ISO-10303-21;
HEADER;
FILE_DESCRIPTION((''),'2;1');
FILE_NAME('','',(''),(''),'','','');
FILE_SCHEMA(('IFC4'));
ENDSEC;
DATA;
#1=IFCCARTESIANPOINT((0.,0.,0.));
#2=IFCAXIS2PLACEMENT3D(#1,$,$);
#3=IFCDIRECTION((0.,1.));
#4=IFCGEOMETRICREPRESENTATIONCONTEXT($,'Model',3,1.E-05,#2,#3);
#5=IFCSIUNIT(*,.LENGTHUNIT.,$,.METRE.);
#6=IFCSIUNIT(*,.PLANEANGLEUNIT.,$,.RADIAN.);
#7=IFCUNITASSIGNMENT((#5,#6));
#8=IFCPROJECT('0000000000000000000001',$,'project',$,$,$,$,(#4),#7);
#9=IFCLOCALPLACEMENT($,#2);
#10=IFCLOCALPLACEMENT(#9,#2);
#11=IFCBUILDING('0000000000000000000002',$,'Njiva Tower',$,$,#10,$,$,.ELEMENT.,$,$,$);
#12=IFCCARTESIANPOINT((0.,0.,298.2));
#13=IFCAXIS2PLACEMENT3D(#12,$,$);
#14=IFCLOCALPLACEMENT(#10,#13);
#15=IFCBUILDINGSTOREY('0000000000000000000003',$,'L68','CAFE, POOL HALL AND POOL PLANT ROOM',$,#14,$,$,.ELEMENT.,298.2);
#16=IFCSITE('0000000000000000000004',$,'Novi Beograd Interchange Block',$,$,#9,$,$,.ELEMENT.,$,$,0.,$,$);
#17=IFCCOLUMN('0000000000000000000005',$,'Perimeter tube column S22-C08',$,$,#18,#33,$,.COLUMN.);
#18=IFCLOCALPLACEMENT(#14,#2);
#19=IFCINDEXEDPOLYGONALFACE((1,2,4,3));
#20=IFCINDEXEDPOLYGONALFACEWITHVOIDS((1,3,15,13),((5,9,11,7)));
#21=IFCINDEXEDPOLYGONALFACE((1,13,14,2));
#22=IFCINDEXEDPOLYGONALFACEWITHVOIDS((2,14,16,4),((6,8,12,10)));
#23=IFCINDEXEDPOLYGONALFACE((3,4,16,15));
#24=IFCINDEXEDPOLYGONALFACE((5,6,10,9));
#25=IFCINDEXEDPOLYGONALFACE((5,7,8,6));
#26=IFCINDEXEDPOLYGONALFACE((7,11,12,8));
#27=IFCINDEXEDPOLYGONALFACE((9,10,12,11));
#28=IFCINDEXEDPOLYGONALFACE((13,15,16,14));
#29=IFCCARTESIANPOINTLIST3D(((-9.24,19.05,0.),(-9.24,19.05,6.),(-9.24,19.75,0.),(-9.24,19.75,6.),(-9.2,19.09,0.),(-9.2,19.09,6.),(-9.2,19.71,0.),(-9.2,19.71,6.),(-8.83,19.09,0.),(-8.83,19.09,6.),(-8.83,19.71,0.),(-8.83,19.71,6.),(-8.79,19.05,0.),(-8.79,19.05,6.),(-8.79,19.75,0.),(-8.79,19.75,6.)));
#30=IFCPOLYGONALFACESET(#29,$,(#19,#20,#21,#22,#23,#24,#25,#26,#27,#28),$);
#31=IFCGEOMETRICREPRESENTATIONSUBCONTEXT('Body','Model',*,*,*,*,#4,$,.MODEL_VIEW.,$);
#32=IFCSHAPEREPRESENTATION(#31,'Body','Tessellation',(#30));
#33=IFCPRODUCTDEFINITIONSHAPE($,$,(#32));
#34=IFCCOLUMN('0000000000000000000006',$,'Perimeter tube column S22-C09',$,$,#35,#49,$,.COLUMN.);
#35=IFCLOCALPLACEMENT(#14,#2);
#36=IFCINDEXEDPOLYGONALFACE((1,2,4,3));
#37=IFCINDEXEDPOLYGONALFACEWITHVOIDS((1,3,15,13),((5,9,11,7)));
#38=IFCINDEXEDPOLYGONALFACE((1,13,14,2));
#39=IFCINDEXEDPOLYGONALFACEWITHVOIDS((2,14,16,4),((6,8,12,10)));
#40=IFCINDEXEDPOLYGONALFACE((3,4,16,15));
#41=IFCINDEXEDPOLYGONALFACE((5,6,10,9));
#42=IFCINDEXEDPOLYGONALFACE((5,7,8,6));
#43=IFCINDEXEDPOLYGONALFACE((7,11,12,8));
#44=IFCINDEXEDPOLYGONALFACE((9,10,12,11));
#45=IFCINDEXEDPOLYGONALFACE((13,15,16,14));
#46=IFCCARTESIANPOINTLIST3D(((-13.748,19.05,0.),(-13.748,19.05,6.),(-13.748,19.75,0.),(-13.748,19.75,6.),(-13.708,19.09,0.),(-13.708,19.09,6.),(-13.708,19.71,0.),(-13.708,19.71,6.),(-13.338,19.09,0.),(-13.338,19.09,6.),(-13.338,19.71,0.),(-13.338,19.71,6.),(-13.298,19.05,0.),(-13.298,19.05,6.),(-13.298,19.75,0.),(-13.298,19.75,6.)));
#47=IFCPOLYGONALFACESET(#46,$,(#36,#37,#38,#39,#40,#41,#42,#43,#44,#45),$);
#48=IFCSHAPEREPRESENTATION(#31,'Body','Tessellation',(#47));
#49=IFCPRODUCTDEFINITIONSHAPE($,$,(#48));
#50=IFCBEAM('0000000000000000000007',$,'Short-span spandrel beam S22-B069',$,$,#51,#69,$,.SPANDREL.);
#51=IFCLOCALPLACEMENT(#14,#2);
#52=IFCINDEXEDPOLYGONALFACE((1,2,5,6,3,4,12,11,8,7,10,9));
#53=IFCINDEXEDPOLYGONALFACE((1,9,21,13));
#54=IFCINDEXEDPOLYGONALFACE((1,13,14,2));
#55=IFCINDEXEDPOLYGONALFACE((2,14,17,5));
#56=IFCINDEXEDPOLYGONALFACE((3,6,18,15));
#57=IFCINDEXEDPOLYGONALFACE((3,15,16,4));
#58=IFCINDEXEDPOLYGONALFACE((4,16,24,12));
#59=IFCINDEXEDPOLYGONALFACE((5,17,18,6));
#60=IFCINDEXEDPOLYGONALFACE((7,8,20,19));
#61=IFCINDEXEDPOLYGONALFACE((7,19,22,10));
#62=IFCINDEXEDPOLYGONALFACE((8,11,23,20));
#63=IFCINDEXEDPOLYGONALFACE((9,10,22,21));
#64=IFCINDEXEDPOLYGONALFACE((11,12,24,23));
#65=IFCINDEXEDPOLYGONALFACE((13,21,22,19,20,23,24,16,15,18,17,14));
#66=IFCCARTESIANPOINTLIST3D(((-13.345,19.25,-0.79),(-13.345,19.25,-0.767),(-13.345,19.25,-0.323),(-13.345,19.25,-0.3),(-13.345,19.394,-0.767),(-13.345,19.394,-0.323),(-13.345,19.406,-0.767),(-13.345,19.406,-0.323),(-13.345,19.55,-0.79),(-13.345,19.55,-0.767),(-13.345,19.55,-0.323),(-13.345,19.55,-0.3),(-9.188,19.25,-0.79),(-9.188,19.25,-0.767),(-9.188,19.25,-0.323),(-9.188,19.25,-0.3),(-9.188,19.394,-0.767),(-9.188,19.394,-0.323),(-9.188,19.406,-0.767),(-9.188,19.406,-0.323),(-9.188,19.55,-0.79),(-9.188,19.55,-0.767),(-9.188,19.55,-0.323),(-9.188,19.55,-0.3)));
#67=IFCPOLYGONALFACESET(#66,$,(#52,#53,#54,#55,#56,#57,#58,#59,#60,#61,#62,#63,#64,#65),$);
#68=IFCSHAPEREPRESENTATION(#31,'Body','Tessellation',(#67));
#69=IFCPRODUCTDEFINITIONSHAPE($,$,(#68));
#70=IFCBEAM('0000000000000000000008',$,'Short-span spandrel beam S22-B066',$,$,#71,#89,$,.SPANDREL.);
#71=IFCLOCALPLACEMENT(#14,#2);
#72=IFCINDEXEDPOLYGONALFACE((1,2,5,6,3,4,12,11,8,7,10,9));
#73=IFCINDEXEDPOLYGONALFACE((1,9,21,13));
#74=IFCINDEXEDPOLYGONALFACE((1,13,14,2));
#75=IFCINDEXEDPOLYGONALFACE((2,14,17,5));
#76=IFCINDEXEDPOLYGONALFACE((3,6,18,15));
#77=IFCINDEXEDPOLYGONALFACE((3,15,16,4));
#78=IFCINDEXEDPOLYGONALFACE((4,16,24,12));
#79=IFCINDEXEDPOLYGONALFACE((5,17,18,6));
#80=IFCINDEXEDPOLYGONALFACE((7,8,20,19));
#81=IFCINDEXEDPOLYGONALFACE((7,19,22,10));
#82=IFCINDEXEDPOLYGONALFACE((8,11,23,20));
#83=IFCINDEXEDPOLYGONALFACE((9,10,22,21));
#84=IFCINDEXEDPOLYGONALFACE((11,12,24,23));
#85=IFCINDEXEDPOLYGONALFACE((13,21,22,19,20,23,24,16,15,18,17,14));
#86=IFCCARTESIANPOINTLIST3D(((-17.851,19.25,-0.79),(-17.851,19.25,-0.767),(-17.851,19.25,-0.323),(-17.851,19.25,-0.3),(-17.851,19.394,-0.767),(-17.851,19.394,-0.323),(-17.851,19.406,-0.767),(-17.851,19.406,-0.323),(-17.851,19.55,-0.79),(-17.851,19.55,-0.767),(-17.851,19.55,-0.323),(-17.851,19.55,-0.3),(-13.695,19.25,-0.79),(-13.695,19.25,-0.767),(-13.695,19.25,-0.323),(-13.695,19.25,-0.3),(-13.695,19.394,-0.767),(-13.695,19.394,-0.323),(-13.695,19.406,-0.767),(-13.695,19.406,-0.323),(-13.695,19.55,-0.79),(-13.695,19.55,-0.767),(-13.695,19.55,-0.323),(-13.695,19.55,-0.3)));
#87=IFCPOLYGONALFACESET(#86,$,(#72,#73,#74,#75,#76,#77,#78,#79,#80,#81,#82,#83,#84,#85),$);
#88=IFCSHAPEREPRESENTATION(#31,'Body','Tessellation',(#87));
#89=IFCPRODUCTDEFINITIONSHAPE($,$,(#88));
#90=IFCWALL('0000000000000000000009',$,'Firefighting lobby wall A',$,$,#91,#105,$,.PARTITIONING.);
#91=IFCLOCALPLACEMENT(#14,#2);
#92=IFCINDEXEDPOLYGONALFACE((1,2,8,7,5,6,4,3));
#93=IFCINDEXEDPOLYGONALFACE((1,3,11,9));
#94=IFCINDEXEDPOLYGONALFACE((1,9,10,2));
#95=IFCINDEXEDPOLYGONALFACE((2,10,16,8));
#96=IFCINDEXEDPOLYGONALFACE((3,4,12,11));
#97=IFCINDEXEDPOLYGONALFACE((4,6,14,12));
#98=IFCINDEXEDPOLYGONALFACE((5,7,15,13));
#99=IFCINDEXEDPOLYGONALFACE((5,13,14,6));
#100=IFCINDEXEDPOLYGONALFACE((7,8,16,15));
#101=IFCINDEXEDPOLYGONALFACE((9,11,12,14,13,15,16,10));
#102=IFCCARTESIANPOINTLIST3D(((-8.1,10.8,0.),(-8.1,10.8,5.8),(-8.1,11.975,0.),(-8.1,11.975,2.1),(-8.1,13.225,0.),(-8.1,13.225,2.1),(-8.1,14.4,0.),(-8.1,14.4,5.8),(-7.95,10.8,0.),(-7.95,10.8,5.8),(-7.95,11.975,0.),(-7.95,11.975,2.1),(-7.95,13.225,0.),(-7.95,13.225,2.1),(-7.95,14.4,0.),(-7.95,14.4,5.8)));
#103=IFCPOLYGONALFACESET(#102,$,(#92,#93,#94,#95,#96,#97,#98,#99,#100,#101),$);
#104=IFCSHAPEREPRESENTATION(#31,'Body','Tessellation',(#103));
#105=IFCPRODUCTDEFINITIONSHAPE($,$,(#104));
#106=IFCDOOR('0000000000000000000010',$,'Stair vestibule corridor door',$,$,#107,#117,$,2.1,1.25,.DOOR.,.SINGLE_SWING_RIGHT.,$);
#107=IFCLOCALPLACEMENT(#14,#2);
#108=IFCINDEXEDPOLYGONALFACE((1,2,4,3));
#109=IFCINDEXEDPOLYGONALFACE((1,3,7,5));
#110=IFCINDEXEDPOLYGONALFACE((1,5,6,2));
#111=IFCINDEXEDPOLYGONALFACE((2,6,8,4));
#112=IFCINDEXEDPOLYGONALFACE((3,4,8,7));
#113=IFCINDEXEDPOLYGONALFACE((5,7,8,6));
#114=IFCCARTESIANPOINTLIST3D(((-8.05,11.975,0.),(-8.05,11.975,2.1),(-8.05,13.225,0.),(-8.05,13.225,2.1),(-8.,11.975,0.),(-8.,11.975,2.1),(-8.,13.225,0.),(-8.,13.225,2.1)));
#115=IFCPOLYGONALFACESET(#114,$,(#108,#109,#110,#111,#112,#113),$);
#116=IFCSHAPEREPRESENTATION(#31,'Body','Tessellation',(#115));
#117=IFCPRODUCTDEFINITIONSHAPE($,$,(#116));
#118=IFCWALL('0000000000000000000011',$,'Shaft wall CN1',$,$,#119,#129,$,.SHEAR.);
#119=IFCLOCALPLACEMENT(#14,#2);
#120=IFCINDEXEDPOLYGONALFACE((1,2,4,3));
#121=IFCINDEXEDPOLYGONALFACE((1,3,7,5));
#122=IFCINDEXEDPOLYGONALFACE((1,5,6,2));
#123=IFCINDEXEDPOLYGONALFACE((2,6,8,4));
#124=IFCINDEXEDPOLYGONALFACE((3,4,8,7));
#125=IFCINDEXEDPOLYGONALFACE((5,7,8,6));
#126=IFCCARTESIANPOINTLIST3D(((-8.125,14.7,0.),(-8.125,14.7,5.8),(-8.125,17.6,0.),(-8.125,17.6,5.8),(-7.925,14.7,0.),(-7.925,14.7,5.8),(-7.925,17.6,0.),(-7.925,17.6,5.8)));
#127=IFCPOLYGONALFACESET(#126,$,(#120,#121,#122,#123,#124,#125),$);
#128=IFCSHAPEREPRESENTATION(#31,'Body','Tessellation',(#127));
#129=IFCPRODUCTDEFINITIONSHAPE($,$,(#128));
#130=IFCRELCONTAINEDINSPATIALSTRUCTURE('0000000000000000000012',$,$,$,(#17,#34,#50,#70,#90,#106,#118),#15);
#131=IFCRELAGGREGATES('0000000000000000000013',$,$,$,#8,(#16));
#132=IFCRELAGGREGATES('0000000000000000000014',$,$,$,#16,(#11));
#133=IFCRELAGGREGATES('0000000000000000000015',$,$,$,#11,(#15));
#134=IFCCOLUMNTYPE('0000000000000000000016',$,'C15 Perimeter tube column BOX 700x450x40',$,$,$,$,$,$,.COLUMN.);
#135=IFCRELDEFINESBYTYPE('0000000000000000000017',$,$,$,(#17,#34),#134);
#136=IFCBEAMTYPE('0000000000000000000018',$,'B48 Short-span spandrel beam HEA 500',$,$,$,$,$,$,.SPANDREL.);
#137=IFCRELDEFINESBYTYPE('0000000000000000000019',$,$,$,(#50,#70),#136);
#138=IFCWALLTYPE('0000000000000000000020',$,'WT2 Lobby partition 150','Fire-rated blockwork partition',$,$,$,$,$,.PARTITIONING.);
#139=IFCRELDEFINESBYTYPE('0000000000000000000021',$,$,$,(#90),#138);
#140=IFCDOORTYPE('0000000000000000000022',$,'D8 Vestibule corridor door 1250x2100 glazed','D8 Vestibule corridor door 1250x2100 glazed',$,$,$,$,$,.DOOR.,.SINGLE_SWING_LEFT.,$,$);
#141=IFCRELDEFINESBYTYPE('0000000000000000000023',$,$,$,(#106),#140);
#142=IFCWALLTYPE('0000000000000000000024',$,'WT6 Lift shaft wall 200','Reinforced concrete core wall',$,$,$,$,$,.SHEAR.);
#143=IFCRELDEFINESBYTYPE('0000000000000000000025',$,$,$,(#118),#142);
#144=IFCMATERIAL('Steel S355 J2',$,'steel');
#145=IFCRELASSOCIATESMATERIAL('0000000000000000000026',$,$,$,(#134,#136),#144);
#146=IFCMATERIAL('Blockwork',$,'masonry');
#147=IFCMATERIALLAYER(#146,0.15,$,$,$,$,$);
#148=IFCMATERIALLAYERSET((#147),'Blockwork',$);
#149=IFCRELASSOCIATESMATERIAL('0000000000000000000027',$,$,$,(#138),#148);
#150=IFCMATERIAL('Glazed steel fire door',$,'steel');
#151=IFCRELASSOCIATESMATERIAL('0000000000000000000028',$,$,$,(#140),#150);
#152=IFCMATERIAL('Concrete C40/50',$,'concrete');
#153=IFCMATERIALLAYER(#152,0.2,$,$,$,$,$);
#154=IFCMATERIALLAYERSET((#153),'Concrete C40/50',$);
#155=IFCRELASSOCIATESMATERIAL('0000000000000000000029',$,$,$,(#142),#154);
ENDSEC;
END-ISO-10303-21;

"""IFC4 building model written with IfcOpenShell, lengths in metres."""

from ifc_helpers import new_model, si_unit, direction, frame, frame_2d, origin, origin_2d, place, context, subcontext, project, spatial, rectangle, hollow_rectangle, i_section, extrude, material, layer, layer_set, material_profile, profile_set, type_object, element, fill, save


model = new_model("IFC4")

# Units and contexts
model_context = context("Model", 3, precision=1e-05, world=origin(), true_north=direction((0.0, 1.0)))
body_context = subcontext(model_context, "Body", "Model", "MODEL_VIEW")
ifc_project = project(units=[si_unit("LENGTHUNIT", "METRE"), si_unit("PLANEANGLEUNIT", "RADIAN")], contexts=[model_context])

# Site, building, storey
site_placement = place(None, origin())
site = spatial("IfcSite", under=ifc_project, at=site_placement, Name="Novi Beograd Interchange Block", CompositionType="ELEMENT", RefElevation=0.0)
building_placement = place(site_placement, origin())
building = spatial("IfcBuilding", under=site, at=building_placement, Name="Njiva Tower", CompositionType="ELEMENT")
storey_placement = place(building_placement, frame((0.0, 0.0, 298.2)))
storey = spatial("IfcBuildingStorey", under=building, at=storey_placement, Name="L68", Description="CAFE, POOL HALL AND POOL PLANT ROOM", CompositionType="ELEMENT", Elevation=298.2)

# Columns
ifc_material_1 = material(Name="Steel S355 J2", Category="steel")
ifc_material_profile_1 = material_profile(ifc_material_1, hollow_rectangle(XDim=0.45, YDim=0.7, WallThickness=0.04, at=origin_2d()), Name="BOX 700x450x40")
ifc_profile_set_1 = profile_set([ifc_material_profile_1], Name="Steel S355 J2")
column_type = type_object("IfcColumnType", Name="C15 Perimeter tube column BOX 700x450x40", PredefinedType="COLUMN", material=ifc_profile_set_1)
for number, where, z_axis, x_axis, name in (
    (1, (-9.015, 19.4, 0.0), (0.0, 0.0, 1.0), (-1.0, 0.0, 0.0), "Perimeter tube column S22-C08"),
    (2, (-13.523, 19.4, 0.0), (0.0, 0.0, 1.0), (-1.0, 0.0, 0.0), "Perimeter tube column S22-C09"),
):
    element("IfcColumn", number, at=place(storey_placement, frame(where, z_axis=z_axis, x_axis=x_axis)), inside=storey, type_object=column_type, Name=name, PredefinedType="COLUMN", context=body_context, shape_type="SweptSolid", body=[
        extrude(hollow_rectangle(XDim=0.45, YDim=0.7, WallThickness=0.04, at=origin_2d()), origin(), (0.0, 0.0, 1.0), 6.0),
    ])

# Beams
ifc_material_profile_2 = material_profile(ifc_material_1, i_section(OverallWidth=0.3, OverallDepth=0.49, WebThickness=0.012, FlangeThickness=0.023, at=origin_2d()), Name="HEA 500")
ifc_profile_set_2 = profile_set([ifc_material_profile_2], Name="Steel S355 J2")
beam_type = type_object("IfcBeamType", Name="B48 Short-span spandrel beam HEA 500", PredefinedType="SPANDREL", material=ifc_profile_set_2)
beam_1_placement = place(storey_placement, frame((-9.188, 19.4, -0.545), z_axis=(-1.0, 0.0, 0.0), x_axis=(0.0, -1.0, 0.0)))
element("IfcBeam", 3, at=beam_1_placement, inside=storey, type_object=beam_type, Name="Short-span spandrel beam S22-B069", PredefinedType="SPANDREL", context=body_context, shape_type="SweptSolid", body=[
    extrude(i_section(OverallWidth=0.3, OverallDepth=0.49, WebThickness=0.012, FlangeThickness=0.023, at=origin_2d()), origin(), (0.0, 0.0, 1.0), 4.157),
])
beam_2_placement = place(storey_placement, frame((-13.695, 19.4, -0.545), z_axis=(-1.0, 0.0, 0.0), x_axis=(0.0, -1.0, 0.0)))
element("IfcBeam", 4, at=beam_2_placement, inside=storey, type_object=beam_type, Name="Short-span spandrel beam S22-B066", PredefinedType="SPANDREL", context=body_context, shape_type="SweptSolid", body=[
    extrude(i_section(OverallWidth=0.3, OverallDepth=0.49, WebThickness=0.012, FlangeThickness=0.023, at=origin_2d()), origin(), (0.0, 0.0, 1.0), 4.156),
])

# Wall, opening, door
ifc_material_2 = material(Name="Blockwork", Category="masonry")
ifc_layer_1 = layer(ifc_material_2, 0.15)
ifc_layer_set_1 = layer_set([ifc_layer_1], Name="Blockwork")
wall_type_1 = type_object("IfcWallType", Name="WT2 Lobby partition 150", Description="Fire-rated blockwork partition", PredefinedType="PARTITIONING", material=ifc_layer_set_1)
wall_1_placement = place(storey_placement, frame((-8.025, 10.8, 0.0), z_axis=(0.0, 0.0, 1.0), x_axis=(0.0, 1.0, 0.0)))
wall_1 = element("IfcWall", 5, at=wall_1_placement, inside=storey, type_object=wall_type_1, Name="Firefighting lobby wall A", PredefinedType="PARTITIONING", context=body_context, shape_type="SweptSolid", body=[
    extrude(rectangle(XDim=3.6, YDim=0.15, at=frame_2d((1.8, 0.0))), origin(), (0.0, 0.0, 1.0), 5.8),
])
opening_1_placement = place(wall_1_placement, frame((1.175, 0.0, 0.0)))
opening_1 = element("IfcOpeningElement", 6, at=opening_1_placement, cuts=wall_1, PredefinedType="OPENING", context=body_context, shape_type="SweptSolid", body=[
    extrude(rectangle(XDim=1.25, YDim=2.1, at=frame_2d((0.625, 1.05))), frame((0.0, 0.085, 0.0), z_axis=(0.0, -1.0, 0.0), x_axis=(1.0, 0.0, 0.0)), (0.0, 0.0, 1.0), 0.17),
])
ifc_material_3 = material(Name="Glazed steel fire door", Category="steel")
door_type_1 = type_object("IfcDoorType", Name="D8 Vestibule corridor door 1250x2100 glazed", Description="D8 Vestibule corridor door 1250x2100 glazed", OperationType="SINGLE_SWING_LEFT", PredefinedType="DOOR", material=ifc_material_3)
door_1_placement = place(opening_1_placement, origin())
door_1 = element("IfcDoor", 7, at=door_1_placement, inside=storey, type_object=door_type_1, Name="Stair vestibule corridor door", OperationType="SINGLE_SWING_RIGHT", OverallHeight=2.1, OverallWidth=1.25, PredefinedType="DOOR", context=body_context, shape_type="SweptSolid", body=[
    extrude(rectangle(XDim=1.25, YDim=2.1, at=frame_2d((0.625, 1.05))), frame((0.0, 0.025, 0.0), z_axis=(0.0, -1.0, 0.0), x_axis=(1.0, 0.0, 0.0)), (0.0, 0.0, 1.0), 0.05),
])
fill(opening_1, door_1)

# Wall
ifc_material_4 = material(Name="Concrete C40/50", Category="concrete")
ifc_layer_2 = layer(ifc_material_4, 0.2)
ifc_layer_set_2 = layer_set([ifc_layer_2], Name="Concrete C40/50")
wall_type_2 = type_object("IfcWallType", Name="WT6 Lift shaft wall 200", Description="Reinforced concrete core wall", PredefinedType="SHEAR", material=ifc_layer_set_2)
wall_2_placement = place(storey_placement, frame((-8.025, 14.7, 0.0), z_axis=(0.0, 0.0, 1.0), x_axis=(0.0, 1.0, 0.0)))
element("IfcWall", 8, at=wall_2_placement, inside=storey, type_object=wall_type_2, Name="Shaft wall CN1", PredefinedType="SHEAR", context=body_context, shape_type="SweptSolid", body=[
    extrude(rectangle(XDim=2.9, YDim=0.2, at=frame_2d((1.45, 0.0))), origin(), (0.0, 0.0, 1.0), 5.8),
])

save(model, "model.ifc")
